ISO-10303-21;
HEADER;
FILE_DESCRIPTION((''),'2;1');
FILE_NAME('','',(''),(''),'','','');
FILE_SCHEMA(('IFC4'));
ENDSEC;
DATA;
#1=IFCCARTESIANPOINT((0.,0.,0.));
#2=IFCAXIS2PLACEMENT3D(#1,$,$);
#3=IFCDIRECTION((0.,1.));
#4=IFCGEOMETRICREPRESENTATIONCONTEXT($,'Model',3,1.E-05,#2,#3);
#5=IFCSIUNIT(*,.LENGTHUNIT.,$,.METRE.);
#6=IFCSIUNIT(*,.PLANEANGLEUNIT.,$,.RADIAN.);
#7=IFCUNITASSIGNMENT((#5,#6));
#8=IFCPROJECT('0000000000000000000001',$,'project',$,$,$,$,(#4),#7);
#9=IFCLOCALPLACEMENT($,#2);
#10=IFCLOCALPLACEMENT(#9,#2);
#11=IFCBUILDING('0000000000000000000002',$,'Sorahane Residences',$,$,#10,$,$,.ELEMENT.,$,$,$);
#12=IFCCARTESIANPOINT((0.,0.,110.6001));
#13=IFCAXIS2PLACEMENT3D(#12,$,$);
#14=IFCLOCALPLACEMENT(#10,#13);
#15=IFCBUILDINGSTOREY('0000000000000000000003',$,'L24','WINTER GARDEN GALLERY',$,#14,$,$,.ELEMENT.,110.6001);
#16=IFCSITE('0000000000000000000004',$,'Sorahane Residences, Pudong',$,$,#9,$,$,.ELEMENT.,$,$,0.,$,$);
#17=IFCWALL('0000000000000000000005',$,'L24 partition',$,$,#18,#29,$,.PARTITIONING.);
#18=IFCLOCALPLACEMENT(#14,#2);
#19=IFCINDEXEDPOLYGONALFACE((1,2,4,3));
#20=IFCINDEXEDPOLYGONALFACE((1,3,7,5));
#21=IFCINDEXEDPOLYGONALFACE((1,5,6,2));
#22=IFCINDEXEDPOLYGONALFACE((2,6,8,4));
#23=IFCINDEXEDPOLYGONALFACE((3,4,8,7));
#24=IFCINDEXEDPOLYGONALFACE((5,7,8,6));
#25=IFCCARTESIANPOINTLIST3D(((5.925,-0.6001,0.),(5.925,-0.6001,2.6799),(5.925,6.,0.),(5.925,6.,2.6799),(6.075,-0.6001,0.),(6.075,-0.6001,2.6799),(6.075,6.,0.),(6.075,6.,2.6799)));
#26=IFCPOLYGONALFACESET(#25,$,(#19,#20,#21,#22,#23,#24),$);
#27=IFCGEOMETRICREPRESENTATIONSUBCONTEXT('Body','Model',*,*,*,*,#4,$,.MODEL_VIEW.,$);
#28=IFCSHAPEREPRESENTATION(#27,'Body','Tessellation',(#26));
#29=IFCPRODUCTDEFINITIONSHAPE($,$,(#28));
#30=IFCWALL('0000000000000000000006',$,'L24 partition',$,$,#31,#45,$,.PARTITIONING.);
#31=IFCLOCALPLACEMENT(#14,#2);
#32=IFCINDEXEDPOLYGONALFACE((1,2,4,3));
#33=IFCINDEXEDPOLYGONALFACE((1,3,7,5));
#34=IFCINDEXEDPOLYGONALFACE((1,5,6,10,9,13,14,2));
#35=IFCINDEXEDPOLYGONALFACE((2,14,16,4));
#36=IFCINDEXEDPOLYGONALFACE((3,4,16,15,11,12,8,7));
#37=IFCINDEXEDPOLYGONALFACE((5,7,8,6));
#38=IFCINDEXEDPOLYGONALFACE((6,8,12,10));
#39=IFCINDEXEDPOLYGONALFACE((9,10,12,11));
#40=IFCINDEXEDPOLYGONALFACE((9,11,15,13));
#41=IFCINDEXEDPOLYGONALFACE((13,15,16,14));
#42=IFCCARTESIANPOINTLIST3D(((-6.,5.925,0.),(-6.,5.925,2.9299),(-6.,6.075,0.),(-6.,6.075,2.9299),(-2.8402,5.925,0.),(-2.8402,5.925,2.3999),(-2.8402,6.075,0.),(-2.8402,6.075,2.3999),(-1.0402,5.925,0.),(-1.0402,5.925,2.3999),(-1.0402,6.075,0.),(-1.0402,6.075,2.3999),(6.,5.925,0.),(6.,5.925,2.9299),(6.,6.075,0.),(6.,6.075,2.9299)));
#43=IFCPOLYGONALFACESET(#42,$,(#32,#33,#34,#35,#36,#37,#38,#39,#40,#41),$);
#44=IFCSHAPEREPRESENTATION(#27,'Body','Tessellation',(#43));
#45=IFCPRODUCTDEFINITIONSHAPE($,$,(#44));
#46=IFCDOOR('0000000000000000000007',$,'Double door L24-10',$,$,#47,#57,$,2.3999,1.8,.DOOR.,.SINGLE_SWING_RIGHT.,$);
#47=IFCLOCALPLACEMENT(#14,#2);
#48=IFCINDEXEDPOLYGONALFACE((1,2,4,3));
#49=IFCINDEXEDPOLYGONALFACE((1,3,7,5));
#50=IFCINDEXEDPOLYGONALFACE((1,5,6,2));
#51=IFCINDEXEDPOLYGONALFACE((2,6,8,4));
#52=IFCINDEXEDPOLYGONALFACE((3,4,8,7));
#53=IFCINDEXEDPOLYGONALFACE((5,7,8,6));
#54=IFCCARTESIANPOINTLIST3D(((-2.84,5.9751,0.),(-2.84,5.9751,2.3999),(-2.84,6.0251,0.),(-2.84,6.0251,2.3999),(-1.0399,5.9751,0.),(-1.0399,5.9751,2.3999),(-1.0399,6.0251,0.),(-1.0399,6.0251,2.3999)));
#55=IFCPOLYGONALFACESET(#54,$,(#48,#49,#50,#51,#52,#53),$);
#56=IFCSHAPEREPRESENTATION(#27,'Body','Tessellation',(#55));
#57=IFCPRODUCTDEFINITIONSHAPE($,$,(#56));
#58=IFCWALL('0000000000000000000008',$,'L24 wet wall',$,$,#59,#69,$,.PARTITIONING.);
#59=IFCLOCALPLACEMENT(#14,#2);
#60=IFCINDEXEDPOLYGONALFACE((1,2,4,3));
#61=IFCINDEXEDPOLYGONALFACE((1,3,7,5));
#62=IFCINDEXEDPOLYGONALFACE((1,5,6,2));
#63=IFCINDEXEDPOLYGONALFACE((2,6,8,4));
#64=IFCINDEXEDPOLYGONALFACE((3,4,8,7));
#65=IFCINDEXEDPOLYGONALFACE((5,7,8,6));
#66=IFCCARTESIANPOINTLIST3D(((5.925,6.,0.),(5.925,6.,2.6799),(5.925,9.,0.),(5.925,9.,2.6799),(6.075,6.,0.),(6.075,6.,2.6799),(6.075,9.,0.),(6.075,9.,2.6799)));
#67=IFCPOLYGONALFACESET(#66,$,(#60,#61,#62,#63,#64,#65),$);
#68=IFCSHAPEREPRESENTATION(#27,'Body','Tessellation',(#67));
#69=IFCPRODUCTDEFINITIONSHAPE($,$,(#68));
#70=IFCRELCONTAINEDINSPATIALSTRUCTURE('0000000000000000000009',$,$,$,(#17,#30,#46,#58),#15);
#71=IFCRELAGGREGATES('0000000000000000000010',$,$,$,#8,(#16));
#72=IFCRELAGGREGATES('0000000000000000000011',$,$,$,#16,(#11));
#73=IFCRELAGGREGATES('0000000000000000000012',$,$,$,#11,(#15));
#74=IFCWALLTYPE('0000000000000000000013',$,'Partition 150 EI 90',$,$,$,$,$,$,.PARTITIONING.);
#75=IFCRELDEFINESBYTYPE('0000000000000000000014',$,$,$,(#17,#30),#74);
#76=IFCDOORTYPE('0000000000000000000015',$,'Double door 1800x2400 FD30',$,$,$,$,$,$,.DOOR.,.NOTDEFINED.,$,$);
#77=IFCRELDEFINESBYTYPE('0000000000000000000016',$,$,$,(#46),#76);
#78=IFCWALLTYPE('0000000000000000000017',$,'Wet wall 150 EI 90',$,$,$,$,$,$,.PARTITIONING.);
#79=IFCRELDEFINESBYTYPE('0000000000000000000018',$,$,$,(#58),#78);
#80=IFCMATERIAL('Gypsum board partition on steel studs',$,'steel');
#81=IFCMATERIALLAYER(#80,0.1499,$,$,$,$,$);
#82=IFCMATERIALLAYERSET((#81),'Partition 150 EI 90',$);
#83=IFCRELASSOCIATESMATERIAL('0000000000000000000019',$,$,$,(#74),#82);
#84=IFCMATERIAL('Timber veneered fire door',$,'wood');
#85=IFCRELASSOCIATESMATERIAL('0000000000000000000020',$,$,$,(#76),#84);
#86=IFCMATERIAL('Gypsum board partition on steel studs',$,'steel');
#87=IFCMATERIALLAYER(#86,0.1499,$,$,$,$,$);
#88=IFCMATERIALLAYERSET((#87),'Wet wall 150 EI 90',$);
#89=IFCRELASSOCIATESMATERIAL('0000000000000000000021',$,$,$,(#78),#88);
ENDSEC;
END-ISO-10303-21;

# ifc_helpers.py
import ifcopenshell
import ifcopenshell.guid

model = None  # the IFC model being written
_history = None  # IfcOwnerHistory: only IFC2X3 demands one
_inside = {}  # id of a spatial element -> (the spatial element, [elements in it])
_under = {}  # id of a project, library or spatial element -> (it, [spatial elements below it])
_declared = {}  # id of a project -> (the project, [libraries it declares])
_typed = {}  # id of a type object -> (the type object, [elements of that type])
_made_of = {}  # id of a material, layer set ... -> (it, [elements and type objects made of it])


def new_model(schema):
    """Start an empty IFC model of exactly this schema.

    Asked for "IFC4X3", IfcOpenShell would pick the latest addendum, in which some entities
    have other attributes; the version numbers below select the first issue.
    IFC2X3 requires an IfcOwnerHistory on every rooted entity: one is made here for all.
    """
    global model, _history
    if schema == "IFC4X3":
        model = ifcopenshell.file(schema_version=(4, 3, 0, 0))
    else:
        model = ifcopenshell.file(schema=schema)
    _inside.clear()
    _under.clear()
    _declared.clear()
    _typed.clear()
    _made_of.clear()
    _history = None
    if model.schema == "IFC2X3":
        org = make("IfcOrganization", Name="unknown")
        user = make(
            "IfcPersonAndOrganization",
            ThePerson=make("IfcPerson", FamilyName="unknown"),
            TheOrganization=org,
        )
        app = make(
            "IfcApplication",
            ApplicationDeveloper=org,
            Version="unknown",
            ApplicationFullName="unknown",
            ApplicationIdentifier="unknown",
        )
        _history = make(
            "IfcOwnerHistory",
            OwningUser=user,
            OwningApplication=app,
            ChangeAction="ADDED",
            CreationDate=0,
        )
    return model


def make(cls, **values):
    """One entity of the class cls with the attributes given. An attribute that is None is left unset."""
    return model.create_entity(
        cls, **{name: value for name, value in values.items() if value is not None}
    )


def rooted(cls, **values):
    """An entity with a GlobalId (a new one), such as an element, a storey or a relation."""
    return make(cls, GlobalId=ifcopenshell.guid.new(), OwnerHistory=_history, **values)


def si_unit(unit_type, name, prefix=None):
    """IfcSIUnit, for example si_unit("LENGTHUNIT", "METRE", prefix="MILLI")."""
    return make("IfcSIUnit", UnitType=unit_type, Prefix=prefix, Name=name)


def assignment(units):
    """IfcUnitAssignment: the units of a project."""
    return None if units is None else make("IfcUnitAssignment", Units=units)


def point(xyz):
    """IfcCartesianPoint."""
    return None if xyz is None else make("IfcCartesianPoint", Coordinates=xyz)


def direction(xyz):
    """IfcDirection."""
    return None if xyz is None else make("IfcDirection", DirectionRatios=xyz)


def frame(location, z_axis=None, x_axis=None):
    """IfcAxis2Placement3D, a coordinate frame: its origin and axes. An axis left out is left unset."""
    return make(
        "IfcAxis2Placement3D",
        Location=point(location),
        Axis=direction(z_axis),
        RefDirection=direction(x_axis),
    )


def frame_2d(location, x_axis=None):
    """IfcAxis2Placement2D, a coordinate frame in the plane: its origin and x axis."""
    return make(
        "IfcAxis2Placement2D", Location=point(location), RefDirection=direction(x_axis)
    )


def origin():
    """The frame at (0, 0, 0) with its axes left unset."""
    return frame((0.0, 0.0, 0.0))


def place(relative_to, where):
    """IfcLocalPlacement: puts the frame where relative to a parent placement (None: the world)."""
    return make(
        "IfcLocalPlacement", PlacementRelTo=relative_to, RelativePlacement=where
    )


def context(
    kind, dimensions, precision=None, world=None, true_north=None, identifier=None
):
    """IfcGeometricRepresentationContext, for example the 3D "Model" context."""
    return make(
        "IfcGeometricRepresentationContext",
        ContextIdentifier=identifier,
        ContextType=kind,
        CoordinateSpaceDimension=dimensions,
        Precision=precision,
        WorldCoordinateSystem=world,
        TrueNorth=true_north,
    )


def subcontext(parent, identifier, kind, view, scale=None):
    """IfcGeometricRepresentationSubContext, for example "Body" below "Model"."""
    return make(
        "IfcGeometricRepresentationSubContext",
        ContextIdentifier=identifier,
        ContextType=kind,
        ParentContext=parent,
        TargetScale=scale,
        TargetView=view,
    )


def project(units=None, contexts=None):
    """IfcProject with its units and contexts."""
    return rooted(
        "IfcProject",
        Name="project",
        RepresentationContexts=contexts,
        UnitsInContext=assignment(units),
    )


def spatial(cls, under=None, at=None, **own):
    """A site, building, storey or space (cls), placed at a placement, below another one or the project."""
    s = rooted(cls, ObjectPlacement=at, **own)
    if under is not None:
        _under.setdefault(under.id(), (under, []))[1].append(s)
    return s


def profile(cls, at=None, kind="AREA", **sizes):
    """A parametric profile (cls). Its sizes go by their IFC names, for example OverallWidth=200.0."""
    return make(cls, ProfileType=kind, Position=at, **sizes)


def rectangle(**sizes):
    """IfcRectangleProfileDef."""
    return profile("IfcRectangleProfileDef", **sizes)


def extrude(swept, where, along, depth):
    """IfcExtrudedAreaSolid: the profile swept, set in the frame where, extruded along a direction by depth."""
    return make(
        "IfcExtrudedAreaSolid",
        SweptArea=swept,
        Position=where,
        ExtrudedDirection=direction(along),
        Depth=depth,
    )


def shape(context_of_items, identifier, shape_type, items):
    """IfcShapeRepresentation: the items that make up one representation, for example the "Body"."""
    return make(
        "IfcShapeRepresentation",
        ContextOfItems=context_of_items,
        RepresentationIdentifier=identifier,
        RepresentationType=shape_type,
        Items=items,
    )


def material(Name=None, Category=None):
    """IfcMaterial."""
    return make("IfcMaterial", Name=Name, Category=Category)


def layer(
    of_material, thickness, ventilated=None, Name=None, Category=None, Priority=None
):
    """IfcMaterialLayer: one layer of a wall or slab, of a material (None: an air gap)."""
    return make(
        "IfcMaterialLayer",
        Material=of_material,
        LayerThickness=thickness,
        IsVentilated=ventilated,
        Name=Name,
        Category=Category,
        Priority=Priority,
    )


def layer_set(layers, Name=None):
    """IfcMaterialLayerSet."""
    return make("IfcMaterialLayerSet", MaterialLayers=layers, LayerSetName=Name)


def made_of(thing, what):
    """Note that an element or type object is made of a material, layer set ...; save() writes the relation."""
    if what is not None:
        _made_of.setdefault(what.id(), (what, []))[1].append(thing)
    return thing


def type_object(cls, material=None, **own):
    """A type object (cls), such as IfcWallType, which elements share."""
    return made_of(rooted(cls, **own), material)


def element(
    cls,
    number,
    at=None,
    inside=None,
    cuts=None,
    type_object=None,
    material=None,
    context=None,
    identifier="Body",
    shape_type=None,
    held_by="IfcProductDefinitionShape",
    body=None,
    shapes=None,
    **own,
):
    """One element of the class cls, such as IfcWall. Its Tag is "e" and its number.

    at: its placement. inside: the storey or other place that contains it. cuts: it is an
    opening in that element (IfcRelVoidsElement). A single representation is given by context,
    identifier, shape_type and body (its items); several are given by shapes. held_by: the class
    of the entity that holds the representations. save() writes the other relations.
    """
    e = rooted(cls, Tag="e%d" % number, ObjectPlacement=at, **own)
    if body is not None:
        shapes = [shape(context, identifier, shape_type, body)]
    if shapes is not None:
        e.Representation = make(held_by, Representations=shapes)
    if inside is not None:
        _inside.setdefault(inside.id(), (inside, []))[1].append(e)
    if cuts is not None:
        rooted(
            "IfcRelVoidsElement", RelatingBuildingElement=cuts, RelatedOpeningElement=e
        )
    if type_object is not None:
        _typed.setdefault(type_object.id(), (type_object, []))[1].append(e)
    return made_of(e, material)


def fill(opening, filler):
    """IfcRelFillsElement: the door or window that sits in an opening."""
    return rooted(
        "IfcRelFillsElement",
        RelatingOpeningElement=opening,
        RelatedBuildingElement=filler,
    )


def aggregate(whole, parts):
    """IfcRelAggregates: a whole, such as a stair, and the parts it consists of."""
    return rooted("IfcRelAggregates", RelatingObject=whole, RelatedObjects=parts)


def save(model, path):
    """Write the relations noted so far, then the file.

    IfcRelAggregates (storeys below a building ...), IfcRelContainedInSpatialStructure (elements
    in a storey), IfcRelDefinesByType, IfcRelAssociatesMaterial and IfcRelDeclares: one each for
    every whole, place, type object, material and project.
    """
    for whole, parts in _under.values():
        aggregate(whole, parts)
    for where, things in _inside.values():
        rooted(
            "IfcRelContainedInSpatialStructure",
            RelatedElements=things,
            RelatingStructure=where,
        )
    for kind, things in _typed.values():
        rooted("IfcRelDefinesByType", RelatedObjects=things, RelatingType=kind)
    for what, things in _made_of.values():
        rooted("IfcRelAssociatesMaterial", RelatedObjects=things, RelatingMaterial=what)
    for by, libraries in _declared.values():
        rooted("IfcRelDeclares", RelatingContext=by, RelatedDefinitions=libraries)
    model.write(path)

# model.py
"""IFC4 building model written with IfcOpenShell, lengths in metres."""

from ifc_helpers import new_model, si_unit, direction, frame, frame_2d, origin, place, context, subcontext, project, spatial, rectangle, extrude, material, layer, layer_set, type_object, element, fill, save


model = new_model("IFC4")

# Units and contexts
model_context = context("Model", 3, precision=1e-05, world=origin(), true_north=direction((0.0, 1.0)))
body_context = subcontext(model_context, "Body", "Model", "MODEL_VIEW")
ifc_project = project(units=[si_unit("LENGTHUNIT", "METRE"), si_unit("PLANEANGLEUNIT", "RADIAN")], contexts=[model_context])

# Site, building, storey
site_placement = place(None, origin())
site = spatial("IfcSite", under=ifc_project, at=site_placement, Name="Sorahane Residences, Pudong", CompositionType="ELEMENT", RefElevation=0.0)
building_placement = place(site_placement, origin())
building = spatial("IfcBuilding", under=site, at=building_placement, Name="Sorahane Residences", CompositionType="ELEMENT")
storey_placement = place(building_placement, frame((0.0, 0.0, 110.6001)))
storey = spatial("IfcBuildingStorey", under=building, at=storey_placement, Name="L24", Description="WINTER GARDEN GALLERY", CompositionType="ELEMENT", Elevation=110.6001)

# Wall
ifc_material_1 = material(Name="Gypsum board partition on steel studs", Category="steel")
ifc_layer_1 = layer(ifc_material_1, 0.1499)
ifc_layer_set_1 = layer_set([ifc_layer_1], Name="Partition 150 EI 90")
wall_type_1 = type_object("IfcWallType", Name="Partition 150 EI 90", PredefinedType="PARTITIONING", material=ifc_layer_set_1)
wall_1_placement = place(storey_placement, frame((6.0, -0.6001, 0.0), z_axis=(0.0, 0.0, 1.0), x_axis=(0.0, 1.0, 0.0)))
element("IfcWall", 1, at=wall_1_placement, inside=storey, type_object=wall_type_1, Name="L24 partition", PredefinedType="PARTITIONING", context=body_context, shape_type="SweptSolid", body=[
    extrude(rectangle(XDim=6.6001, YDim=0.1499, at=frame_2d((3.3, 0.0))), origin(), (0.0, 0.0, 1.0), 2.6799),
])

# Wall, opening, door
wall_2_placement = place(storey_placement, frame((-6.0, 6.0, 0.0), z_axis=(0.0, 0.0, 1.0), x_axis=(1.0, 0.0, 0.0)))
wall_2 = element("IfcWall", 2, at=wall_2_placement, inside=storey, type_object=wall_type_1, Name="L24 partition", PredefinedType="PARTITIONING", context=body_context, shape_type="SweptSolid", body=[
    extrude(rectangle(XDim=12.0, YDim=0.1499, at=frame_2d((6.0, 0.0))), origin(), (0.0, 0.0, 1.0), 2.9299),
])
opening_placement = place(wall_2_placement, frame((3.1599, 0.0, 0.0)))
opening = element("IfcOpeningElement", 3, at=opening_placement, cuts=wall_2, PredefinedType="OPENING", context=body_context, shape_type="SweptSolid", body=[
    extrude(rectangle(XDim=1.8, YDim=2.3999, at=frame_2d((0.8999, 1.2))), frame((0.0, 0.085, 0.0), z_axis=(0.0, -1.0, 0.0), x_axis=(1.0, 0.0, 0.0)), (0.0, 0.0, 1.0), 0.1699),
])
ifc_material_2 = material(Name="Timber veneered fire door", Category="wood")
door_type = type_object("IfcDoorType", Name="Double door 1800x2400 FD30", OperationType="NOTDEFINED", PredefinedType="DOOR", material=ifc_material_2)
door_placement = place(opening_placement, frame((1.8, 0.0, 0.0), z_axis=(0.0, 0.0, 1.0), x_axis=(-1.0, 0.0, 0.0)))
door = element("IfcDoor", 4, at=door_placement, inside=storey, type_object=door_type, Name="Double door L24-10", OperationType="SINGLE_SWING_RIGHT", OverallHeight=2.3999, OverallWidth=1.8, PredefinedType="DOOR", context=body_context, shape_type="SweptSolid", body=[
    extrude(rectangle(XDim=1.8, YDim=2.3999, at=frame_2d((0.8999, 1.2))), frame((0.0, 0.0249, 0.0), z_axis=(0.0, -1.0, 0.0), x_axis=(1.0, 0.0, 0.0)), (0.0, 0.0, 1.0), 0.05),
])
fill(opening, door)

# Wall
ifc_material_3 = material(Name="Gypsum board partition on steel studs", Category="steel")
ifc_layer_2 = layer(ifc_material_3, 0.1499)
ifc_layer_set_2 = layer_set([ifc_layer_2], Name="Wet wall 150 EI 90")
wall_type_2 = type_object("IfcWallType", Name="Wet wall 150 EI 90", PredefinedType="PARTITIONING", material=ifc_layer_set_2)
wall_3_placement = place(storey_placement, frame((6.0, 6.0, 0.0), z_axis=(0.0, 0.0, 1.0), x_axis=(0.0, 1.0, 0.0)))
element("IfcWall", 5, at=wall_3_placement, inside=storey, type_object=wall_type_2, Name="L24 wet wall", PredefinedType="PARTITIONING", context=body_context, shape_type="SweptSolid", body=[
    extrude(rectangle(XDim=3.0, YDim=0.1499, at=frame_2d((1.5, 0.0))), origin(), (0.0, 0.0, 1.0), 2.6799),
])

save(model, "model.ifc")
